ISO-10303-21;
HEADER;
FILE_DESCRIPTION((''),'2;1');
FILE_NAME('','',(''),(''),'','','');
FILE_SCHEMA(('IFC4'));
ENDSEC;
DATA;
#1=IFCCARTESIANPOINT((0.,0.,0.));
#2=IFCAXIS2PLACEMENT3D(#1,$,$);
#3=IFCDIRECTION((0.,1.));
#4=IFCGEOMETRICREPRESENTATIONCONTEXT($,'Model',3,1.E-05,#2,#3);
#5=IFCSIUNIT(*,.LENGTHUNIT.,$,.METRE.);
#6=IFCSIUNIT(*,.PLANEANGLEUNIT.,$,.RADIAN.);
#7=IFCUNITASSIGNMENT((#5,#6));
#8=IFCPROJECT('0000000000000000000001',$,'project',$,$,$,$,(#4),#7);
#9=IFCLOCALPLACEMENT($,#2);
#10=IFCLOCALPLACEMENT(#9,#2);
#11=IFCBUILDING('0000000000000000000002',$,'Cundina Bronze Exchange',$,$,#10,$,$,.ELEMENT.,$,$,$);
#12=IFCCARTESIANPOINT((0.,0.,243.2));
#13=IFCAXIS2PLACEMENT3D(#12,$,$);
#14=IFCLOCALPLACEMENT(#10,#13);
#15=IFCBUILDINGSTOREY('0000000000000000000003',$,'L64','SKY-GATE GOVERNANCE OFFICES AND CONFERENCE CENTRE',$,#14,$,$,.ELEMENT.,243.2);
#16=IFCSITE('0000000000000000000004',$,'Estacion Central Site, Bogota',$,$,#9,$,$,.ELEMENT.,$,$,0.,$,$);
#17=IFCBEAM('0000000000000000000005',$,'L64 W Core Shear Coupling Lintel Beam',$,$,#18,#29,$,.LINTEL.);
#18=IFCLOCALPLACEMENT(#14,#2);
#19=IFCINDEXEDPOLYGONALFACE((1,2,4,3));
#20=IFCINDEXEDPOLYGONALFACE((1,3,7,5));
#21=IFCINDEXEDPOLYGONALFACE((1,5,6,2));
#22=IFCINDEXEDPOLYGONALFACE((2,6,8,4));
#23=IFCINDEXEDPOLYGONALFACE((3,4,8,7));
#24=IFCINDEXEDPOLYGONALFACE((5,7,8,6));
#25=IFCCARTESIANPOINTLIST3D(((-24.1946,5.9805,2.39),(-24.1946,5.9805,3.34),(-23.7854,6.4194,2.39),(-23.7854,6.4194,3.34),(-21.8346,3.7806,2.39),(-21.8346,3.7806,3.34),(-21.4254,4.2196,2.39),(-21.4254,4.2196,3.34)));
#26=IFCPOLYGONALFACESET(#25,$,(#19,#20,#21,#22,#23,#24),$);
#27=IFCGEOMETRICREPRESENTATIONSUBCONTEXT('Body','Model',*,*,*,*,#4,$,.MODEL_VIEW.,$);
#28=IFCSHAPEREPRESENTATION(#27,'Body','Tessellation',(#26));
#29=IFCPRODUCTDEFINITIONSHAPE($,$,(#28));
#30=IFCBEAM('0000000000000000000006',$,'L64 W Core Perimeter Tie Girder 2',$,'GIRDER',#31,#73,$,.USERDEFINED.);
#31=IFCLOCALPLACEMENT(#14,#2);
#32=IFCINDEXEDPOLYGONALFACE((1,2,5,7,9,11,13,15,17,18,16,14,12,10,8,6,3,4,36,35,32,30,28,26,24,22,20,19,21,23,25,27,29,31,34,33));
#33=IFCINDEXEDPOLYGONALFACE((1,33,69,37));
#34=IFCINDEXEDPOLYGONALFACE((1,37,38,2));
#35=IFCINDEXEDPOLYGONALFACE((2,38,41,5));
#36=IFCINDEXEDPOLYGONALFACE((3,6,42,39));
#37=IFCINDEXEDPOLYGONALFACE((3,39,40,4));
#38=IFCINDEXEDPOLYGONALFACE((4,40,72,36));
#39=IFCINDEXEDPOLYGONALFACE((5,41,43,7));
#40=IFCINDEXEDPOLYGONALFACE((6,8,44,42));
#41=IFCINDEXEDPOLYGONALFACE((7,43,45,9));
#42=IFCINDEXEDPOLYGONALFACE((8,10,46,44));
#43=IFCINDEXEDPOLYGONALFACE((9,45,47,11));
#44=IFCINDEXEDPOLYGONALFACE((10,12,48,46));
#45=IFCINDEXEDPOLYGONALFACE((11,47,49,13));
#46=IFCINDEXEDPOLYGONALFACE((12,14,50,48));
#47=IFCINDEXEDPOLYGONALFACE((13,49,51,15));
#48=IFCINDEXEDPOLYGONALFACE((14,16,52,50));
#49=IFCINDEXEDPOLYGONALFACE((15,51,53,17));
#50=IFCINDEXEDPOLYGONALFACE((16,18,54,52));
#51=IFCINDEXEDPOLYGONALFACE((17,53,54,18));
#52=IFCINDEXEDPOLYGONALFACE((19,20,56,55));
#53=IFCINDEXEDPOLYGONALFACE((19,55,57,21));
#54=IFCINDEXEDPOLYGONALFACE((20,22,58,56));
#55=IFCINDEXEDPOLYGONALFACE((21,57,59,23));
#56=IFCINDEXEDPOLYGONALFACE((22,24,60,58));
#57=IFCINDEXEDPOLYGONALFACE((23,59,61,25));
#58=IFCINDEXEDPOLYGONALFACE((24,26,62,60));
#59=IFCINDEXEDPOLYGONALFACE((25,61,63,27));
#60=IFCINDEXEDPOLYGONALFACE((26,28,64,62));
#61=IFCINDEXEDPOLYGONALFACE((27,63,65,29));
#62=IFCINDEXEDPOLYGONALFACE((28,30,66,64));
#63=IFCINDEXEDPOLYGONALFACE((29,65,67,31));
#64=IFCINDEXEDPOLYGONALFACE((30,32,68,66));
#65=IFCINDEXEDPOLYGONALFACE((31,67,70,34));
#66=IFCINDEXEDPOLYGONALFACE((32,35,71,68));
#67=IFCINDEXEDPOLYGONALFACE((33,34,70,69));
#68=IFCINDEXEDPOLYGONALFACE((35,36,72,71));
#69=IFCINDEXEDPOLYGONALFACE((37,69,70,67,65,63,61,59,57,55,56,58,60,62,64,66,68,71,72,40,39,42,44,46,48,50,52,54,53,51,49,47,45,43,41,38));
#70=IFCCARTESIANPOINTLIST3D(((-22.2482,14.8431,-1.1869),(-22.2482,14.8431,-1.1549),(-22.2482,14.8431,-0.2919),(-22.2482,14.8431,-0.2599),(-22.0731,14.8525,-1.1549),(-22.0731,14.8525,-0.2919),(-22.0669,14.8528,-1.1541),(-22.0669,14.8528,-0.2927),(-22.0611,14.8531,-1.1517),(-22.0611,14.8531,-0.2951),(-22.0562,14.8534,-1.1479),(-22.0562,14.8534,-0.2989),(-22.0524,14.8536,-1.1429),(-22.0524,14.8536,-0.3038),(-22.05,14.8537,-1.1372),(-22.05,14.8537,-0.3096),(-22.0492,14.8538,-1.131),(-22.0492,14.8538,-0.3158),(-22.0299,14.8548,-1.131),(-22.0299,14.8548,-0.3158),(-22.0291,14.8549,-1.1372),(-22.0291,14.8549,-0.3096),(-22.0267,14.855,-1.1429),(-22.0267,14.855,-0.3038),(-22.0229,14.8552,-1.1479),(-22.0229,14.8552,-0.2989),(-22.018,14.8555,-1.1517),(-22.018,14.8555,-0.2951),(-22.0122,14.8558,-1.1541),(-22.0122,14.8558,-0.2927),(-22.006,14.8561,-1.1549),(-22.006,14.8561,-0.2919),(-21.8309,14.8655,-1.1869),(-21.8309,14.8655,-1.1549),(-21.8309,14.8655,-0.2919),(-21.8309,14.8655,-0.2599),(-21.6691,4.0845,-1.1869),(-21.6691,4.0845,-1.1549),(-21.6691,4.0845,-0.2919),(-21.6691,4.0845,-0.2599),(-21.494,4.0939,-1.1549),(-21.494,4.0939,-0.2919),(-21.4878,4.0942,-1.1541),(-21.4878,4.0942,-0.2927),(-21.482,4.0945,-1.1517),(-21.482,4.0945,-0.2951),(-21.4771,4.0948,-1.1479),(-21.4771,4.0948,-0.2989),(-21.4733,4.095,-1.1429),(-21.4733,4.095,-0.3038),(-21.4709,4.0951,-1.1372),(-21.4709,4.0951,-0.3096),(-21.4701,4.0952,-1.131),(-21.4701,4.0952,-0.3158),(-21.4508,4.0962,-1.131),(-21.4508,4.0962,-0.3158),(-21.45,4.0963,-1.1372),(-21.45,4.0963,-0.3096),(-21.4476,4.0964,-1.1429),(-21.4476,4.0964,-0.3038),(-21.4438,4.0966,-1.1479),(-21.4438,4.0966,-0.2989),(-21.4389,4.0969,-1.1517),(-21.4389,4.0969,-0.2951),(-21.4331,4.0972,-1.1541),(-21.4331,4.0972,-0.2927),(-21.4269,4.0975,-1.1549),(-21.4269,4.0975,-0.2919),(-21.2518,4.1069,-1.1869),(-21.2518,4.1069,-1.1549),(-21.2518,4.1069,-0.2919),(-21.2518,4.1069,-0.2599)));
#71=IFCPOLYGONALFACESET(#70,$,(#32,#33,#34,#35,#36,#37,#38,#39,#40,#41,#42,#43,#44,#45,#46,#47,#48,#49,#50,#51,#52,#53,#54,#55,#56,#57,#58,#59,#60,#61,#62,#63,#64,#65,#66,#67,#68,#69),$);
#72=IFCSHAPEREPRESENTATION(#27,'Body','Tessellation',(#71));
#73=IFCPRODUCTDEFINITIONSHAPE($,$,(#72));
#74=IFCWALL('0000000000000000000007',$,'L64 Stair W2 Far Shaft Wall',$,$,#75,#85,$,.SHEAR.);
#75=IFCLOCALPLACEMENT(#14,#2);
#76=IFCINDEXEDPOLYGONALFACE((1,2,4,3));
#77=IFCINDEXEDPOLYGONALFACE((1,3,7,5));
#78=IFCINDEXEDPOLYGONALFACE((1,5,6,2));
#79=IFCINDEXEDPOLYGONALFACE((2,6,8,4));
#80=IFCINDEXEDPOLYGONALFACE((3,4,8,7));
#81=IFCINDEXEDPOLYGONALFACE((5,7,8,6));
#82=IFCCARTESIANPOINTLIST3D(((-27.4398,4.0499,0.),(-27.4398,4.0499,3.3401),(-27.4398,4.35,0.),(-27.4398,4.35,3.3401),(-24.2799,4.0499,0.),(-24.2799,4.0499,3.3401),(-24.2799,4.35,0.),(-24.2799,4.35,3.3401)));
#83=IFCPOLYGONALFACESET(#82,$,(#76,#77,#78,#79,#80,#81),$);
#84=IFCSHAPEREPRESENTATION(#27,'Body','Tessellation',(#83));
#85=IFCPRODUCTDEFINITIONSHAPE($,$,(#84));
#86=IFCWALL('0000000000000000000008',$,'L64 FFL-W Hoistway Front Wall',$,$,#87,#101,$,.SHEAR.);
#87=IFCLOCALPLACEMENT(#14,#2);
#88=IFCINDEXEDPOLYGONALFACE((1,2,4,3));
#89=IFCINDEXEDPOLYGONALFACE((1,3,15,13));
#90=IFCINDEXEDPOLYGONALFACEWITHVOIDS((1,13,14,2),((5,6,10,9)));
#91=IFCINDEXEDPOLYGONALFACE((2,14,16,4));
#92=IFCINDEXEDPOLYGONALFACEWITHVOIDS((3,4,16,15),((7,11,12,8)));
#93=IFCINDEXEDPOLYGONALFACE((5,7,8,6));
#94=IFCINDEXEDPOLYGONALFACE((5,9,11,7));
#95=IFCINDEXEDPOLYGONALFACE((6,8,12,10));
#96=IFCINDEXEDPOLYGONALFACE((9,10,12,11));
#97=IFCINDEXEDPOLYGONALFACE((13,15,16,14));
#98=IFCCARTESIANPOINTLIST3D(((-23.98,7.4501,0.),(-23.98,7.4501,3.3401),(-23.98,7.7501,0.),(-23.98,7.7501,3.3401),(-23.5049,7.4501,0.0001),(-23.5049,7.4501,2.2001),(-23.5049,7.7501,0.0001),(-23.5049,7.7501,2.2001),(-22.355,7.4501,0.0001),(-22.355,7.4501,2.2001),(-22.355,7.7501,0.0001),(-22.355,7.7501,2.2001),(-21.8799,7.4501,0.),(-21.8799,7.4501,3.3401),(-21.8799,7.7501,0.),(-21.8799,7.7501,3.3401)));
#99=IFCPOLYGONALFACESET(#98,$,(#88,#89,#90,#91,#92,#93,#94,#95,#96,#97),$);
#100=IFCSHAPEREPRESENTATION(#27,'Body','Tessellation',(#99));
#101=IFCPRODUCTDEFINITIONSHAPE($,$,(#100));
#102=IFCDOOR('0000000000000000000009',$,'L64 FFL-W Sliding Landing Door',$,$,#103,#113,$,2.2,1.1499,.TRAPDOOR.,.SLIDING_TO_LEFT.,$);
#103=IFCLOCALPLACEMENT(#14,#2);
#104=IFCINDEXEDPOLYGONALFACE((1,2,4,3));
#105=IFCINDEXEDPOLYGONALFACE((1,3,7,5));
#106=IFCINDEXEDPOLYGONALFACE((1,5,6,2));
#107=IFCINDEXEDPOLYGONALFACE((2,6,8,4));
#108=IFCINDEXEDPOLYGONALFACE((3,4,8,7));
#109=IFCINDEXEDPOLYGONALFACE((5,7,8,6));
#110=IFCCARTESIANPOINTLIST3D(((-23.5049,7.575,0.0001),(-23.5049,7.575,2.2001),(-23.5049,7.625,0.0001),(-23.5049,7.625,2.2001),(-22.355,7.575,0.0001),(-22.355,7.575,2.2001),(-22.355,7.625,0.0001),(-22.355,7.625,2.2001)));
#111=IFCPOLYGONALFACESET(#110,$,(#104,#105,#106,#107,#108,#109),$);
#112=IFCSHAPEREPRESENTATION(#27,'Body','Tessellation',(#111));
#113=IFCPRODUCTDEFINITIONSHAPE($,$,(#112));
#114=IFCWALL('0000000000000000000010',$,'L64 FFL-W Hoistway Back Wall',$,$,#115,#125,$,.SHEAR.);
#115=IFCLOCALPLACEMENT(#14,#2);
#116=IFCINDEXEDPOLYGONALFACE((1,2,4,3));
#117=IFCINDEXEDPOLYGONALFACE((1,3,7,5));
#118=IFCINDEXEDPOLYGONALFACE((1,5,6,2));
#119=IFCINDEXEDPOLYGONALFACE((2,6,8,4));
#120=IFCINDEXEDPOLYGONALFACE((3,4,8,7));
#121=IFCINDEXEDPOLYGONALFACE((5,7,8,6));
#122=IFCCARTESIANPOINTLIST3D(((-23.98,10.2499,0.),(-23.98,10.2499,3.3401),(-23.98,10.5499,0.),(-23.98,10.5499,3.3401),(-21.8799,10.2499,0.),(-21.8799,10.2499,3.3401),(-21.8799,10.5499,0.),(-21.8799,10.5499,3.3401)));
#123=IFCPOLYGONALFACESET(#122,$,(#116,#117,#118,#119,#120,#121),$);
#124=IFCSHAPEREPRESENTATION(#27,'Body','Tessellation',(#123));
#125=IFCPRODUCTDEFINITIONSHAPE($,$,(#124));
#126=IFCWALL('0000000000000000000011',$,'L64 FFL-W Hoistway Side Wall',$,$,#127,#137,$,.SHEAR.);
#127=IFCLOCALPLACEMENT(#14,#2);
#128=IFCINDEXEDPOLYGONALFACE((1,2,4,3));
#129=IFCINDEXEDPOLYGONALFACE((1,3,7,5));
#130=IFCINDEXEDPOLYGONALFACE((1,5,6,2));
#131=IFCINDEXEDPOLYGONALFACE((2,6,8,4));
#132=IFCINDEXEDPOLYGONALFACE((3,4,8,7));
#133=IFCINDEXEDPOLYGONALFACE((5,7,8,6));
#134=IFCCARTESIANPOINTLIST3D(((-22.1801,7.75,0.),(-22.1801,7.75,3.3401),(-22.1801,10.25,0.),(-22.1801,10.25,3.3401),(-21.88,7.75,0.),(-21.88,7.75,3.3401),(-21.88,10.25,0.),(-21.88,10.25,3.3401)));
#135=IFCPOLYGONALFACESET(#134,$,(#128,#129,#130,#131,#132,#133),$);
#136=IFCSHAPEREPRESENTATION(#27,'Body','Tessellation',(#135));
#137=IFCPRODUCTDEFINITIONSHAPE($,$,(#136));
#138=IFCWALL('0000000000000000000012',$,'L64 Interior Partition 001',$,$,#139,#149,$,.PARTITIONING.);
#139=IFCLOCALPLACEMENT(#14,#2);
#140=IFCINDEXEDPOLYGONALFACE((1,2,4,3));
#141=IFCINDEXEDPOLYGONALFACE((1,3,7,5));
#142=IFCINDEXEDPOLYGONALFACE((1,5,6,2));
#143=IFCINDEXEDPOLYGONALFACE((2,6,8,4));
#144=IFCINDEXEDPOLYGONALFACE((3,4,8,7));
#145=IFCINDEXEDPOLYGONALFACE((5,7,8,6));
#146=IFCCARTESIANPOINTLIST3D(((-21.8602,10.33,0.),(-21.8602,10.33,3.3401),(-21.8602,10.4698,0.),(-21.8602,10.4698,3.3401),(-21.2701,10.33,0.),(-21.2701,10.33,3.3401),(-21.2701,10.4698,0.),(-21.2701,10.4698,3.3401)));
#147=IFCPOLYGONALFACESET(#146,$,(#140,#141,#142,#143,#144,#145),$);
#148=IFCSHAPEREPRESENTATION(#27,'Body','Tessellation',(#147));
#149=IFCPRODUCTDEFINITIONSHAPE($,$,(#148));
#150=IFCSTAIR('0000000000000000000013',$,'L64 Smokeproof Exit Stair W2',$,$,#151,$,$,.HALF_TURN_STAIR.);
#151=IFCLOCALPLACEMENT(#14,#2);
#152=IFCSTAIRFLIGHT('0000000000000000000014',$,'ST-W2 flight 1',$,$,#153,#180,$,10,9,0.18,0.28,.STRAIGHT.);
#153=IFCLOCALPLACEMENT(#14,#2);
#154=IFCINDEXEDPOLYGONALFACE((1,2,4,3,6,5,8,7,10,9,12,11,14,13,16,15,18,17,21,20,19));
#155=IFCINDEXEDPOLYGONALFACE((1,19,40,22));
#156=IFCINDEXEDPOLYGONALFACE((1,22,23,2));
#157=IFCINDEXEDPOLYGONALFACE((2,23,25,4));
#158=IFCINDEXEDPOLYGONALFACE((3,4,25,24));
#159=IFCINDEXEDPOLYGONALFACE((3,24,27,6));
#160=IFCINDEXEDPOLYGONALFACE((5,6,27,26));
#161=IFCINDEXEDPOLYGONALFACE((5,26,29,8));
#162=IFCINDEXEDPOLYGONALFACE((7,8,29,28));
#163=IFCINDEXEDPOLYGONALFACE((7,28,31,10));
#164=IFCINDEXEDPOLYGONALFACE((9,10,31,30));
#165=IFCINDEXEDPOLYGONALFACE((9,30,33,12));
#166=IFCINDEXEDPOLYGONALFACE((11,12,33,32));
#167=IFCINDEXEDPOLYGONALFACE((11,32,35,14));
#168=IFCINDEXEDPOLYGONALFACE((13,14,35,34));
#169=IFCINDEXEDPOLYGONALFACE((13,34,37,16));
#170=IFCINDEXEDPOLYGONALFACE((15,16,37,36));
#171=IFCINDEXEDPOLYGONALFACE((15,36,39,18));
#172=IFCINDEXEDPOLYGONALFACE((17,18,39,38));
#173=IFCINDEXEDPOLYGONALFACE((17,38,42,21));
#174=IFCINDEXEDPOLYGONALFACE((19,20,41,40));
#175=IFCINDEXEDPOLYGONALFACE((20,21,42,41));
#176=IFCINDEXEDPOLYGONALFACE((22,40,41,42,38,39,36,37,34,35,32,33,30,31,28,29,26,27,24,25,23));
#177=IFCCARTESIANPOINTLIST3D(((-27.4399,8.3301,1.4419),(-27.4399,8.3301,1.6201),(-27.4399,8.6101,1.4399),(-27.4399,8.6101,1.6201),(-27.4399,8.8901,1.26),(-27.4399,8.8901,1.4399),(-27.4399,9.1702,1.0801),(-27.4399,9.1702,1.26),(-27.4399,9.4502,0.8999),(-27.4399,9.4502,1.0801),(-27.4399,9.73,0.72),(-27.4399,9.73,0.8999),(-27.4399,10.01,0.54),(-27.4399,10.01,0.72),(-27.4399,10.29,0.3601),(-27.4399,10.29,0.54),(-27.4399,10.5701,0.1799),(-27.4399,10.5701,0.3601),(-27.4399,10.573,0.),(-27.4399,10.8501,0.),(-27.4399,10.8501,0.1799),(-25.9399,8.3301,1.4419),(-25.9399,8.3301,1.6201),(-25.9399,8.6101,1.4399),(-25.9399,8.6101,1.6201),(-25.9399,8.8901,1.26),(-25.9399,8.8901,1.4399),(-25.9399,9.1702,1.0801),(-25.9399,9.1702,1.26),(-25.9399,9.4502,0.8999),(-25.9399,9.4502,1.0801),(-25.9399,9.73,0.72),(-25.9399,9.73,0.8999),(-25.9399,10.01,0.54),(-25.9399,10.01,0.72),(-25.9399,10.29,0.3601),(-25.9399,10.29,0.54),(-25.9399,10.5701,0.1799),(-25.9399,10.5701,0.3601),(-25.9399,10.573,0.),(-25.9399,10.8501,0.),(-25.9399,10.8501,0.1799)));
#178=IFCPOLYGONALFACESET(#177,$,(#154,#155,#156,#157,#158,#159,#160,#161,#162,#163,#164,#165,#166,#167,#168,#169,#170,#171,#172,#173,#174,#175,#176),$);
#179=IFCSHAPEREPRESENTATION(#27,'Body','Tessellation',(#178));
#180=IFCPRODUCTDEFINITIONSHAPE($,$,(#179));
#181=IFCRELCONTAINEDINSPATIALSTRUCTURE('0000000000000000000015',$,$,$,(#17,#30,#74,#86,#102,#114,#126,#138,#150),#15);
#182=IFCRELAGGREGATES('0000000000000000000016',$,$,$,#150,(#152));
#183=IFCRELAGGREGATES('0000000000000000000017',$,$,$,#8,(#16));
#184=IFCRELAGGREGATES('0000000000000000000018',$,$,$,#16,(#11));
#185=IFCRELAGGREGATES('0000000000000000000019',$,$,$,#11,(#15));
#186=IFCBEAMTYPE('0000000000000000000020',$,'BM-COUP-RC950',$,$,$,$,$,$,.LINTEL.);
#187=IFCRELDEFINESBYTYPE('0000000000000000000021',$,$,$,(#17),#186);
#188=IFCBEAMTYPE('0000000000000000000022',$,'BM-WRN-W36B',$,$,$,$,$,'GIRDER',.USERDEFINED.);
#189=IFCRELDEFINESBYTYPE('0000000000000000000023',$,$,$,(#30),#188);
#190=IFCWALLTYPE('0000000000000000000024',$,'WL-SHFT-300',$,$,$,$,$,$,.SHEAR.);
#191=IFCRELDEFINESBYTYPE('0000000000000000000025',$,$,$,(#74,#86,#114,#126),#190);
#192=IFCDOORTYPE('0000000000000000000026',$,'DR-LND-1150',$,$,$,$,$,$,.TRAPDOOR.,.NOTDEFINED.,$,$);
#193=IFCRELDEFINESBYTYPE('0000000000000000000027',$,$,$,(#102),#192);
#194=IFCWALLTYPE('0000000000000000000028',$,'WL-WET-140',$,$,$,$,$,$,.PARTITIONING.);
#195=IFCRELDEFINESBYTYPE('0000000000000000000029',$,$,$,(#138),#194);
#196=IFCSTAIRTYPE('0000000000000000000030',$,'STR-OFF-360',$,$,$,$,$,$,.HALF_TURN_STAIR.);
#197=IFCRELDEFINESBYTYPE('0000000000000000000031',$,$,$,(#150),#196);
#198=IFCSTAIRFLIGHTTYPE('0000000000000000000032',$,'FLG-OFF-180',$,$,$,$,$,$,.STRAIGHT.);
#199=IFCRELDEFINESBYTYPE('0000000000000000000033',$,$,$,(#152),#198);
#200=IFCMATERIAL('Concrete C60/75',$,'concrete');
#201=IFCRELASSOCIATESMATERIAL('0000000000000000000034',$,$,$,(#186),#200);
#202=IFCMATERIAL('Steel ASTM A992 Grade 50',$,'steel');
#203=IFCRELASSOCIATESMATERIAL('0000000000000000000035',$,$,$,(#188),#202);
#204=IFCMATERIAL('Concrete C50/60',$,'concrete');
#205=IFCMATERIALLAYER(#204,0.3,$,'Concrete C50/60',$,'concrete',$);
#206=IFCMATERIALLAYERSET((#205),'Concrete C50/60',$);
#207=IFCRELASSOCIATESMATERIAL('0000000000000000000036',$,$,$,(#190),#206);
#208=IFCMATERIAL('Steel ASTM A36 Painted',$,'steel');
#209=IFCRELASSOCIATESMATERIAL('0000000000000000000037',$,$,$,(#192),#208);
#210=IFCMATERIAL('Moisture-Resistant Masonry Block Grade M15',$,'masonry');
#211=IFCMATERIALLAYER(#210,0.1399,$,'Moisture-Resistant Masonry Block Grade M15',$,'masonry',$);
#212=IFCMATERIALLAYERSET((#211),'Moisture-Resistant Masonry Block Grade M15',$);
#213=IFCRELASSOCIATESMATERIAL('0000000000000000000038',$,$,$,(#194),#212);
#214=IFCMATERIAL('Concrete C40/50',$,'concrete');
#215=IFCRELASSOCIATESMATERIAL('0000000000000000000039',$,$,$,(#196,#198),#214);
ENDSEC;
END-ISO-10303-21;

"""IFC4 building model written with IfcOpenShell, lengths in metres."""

from ifc_helpers import new_model, si_unit, direction, frame, frame_2d, origin, origin_2d, place, context, subcontext, project, spatial, polyline, rectangle, i_section, outline, extrude, material, layer, layer_set, material_profile, profile_set, type_object, element, fill, aggregate, save


model = new_model("IFC4")

# Units and contexts
model_context = context("Model", 3, precision=1e-05, world=origin(), true_north=direction((0.0, 1.0)))
body_context = subcontext(model_context, "Body", "Model", "MODEL_VIEW")
ifc_project = project(units=[si_unit("LENGTHUNIT", "METRE"), si_unit("PLANEANGLEUNIT", "RADIAN")], contexts=[model_context])

# Site, building, storey
site_placement = place(None, origin())
site = spatial("IfcSite", under=ifc_project, at=site_placement, Name="Estacion Central Site, Bogota", CompositionType="ELEMENT", RefElevation=0.0)
building_placement = place(site_placement, origin())
building = spatial("IfcBuilding", under=site, at=building_placement, Name="Cundina Bronze Exchange", CompositionType="ELEMENT")
storey_placement = place(building_placement, frame((0.0, 0.0, 243.2)))
storey = spatial("IfcBuildingStorey", under=building, at=storey_placement, Name="L64", Description="SKY-GATE GOVERNANCE OFFICES AND CONFERENCE CENTRE", CompositionType="ELEMENT", Elevation=243.2)

# Beams
ifc_material_1 = material(Name="Concrete C60/75", Category="concrete")
ifc_material_profile_1 = material_profile(ifc_material_1, rectangle(XDim=0.6001, YDim=0.95, at=origin_2d()), Name="RC600X950", Category="concrete")
ifc_profile_set_1 = profile_set([ifc_material_profile_1], Name="Concrete C60/75")
beam_type_1 = type_object("IfcBeamType", Name="BM-COUP-RC950", PredefinedType="LINTEL", material=ifc_profile_set_1)
beam_1_placement = place(storey_placement, frame((-23.99, 6.2, 2.865), z_axis=(0.73149, -0.681852, 0.0), x_axis=(0.681852, 0.73149, 0.0)))
element("IfcBeam", 1, at=beam_1_placement, inside=storey, type_object=beam_type_1, Name="L64 W Core Shear Coupling Lintel Beam", PredefinedType="LINTEL", context=body_context, shape_type="SweptSolid", body=[
    extrude(rectangle(XDim=0.6001, YDim=0.95, at=origin_2d()), origin(), (0.0, 0.0, 1.0), 3.2263),
])
ifc_material_2 = material(Name="Steel ASTM A992 Grade 50", Category="steel")
ifc_material_profile_2 = material_profile(ifc_material_2, i_section(OverallWidth=0.418, OverallDepth=0.927, WebThickness=0.0193, FlangeThickness=0.032, FilletRadius=0.0239, at=origin_2d()), Name="W36X231", Category="steel")
ifc_profile_set_2 = profile_set([ifc_material_profile_2], Name="Steel ASTM A992 Grade 50")
beam_type_2 = type_object("IfcBeamType", Name="BM-WRN-W36B", ElementType="GIRDER", PredefinedType="USERDEFINED", material=ifc_profile_set_2)
beam_2_placement = place(storey_placement, frame((-21.4604, 4.0957, -0.7234), z_axis=(-0.053749, 0.998554, 0.0), x_axis=(-0.998554, -0.053749, 0.0)))
element("IfcBeam", 2, at=beam_2_placement, inside=storey, type_object=beam_type_2, Name="L64 W Core Perimeter Tie Girder 2", ObjectType="GIRDER", PredefinedType="USERDEFINED", context=body_context, shape_type="SweptSolid", body=[
    extrude(i_section(OverallWidth=0.418, OverallDepth=0.927, WebThickness=0.0193, FlangeThickness=0.032, FilletRadius=0.0239, at=origin_2d()), origin(), (0.0, 0.0, 1.0), 10.7742),
])

# Wall
ifc_material_3 = material(Name="Concrete C50/60", Category="concrete")
ifc_layer_1 = layer(ifc_material_3, 0.3, Name="Concrete C50/60", Category="concrete")
ifc_layer_set_1 = layer_set([ifc_layer_1], Name="Concrete C50/60")
wall_type_1 = type_object("IfcWallType", Name="WL-SHFT-300", PredefinedType="SHEAR", material=ifc_layer_set_1)
wall_1_placement = place(storey_placement, frame((-27.4399, 4.2, 0.0), z_axis=(0.0, 0.0, 1.0), x_axis=(1.0, 0.0, 0.0)))
element("IfcWall", 3, at=wall_1_placement, inside=storey, type_object=wall_type_1, Name="L64 Stair W2 Far Shaft Wall", PredefinedType="SHEAR", context=body_context, shape_type="SweptSolid", body=[
    extrude(rectangle(XDim=3.1599, YDim=0.3, at=frame_2d((1.5801, 0.0))), origin(), (0.0, 0.0, 1.0), 3.3401),
])

# Wall, opening, door
wall_2_placement = place(storey_placement, frame((-23.98, 7.6001, 0.0), z_axis=(0.0, 0.0, 1.0), x_axis=(1.0, 0.0, 0.0)))
wall_2 = element("IfcWall", 4, at=wall_2_placement, inside=storey, type_object=wall_type_1, Name="L64 FFL-W Hoistway Front Wall", PredefinedType="SHEAR", context=body_context, shape_type="SweptSolid", body=[
    extrude(rectangle(XDim=2.1001, YDim=0.3, at=frame_2d((1.05, 0.0))), origin(), (0.0, 0.0, 1.0), 3.3401),
])
opening_placement = place(wall_2_placement, frame((0.4751, 0.0, 0.0)))
opening = element("IfcOpeningElement", 5, at=opening_placement, cuts=wall_2, PredefinedType="OPENING", context=body_context, shape_type="SweptSolid", body=[
    extrude(rectangle(XDim=1.1499, YDim=2.2, at=frame_2d((0.575, 1.1001))), frame((0.0, 0.1599, 0.0), z_axis=(0.0, -1.0, 0.0), x_axis=(1.0, 0.0, 0.0)), (0.0, 0.0, 1.0), 0.3201),
])
ifc_material_4 = material(Name="Steel ASTM A36 Painted", Category="steel")
door_type = type_object("IfcDoorType", Name="DR-LND-1150", OperationType="NOTDEFINED", PredefinedType="TRAPDOOR", material=ifc_material_4)
door_placement = place(opening_placement, origin())
door = element("IfcDoor", 6, at=door_placement, inside=storey, type_object=door_type, Name="L64 FFL-W Sliding Landing Door", OperationType="SLIDING_TO_LEFT", OverallHeight=2.2, OverallWidth=1.1499, PredefinedType="TRAPDOOR", context=body_context, shape_type="SweptSolid", body=[
    extrude(rectangle(XDim=1.1499, YDim=2.2, at=frame_2d((0.575, 1.1001))), frame((0.0, 0.0249, 0.0), z_axis=(0.0, -1.0, 0.0), x_axis=(1.0, 0.0, 0.0)), (0.0, 0.0, 1.0), 0.05),
])
fill(opening, door)

# Walls
wall_3_placement = place(storey_placement, frame((-23.98, 10.3999, 0.0), z_axis=(0.0, 0.0, 1.0), x_axis=(1.0, 0.0, 0.0)))
element("IfcWall", 7, at=wall_3_placement, inside=storey, type_object=wall_type_1, Name="L64 FFL-W Hoistway Back Wall", PredefinedType="SHEAR", context=body_context, shape_type="SweptSolid", body=[
    extrude(rectangle(XDim=2.1001, YDim=0.3, at=frame_2d((1.05, 0.0))), origin(), (0.0, 0.0, 1.0), 3.3401),
])
wall_4_placement = place(storey_placement, frame((-22.03, 7.75, 0.0), z_axis=(0.0, 0.0, 1.0), x_axis=(0.0, 1.0, 0.0)))
element("IfcWall", 8, at=wall_4_placement, inside=storey, type_object=wall_type_1, Name="L64 FFL-W Hoistway Side Wall", PredefinedType="SHEAR", context=body_context, shape_type="SweptSolid", body=[
    extrude(rectangle(XDim=2.5, YDim=0.3, at=frame_2d((1.25, 0.0))), origin(), (0.0, 0.0, 1.0), 3.3401),
])
ifc_material_5 = material(Name="Moisture-Resistant Masonry Block Grade M15", Category="masonry")
ifc_layer_2 = layer(ifc_material_5, 0.1399, Name="Moisture-Resistant Masonry Block Grade M15", Category="masonry")
ifc_layer_set_2 = layer_set([ifc_layer_2], Name="Moisture-Resistant Masonry Block Grade M15")
wall_type_2 = type_object("IfcWallType", Name="WL-WET-140", PredefinedType="PARTITIONING", material=ifc_layer_set_2)
wall_5_placement = place(storey_placement, frame((-21.8601, 10.3999, 0.0), z_axis=(0.0, 0.0, 1.0), x_axis=(1.0, 0.0, 0.0)))
element("IfcWall", 9, at=wall_5_placement, inside=storey, type_object=wall_type_2, Name="L64 Interior Partition 001", PredefinedType="PARTITIONING", context=body_context, shape_type="SweptSolid", body=[
    extrude(rectangle(XDim=0.5901, YDim=0.1399, at=frame_2d((0.2949, 0.0))), origin(), (0.0, 0.0, 1.0), 3.3401),
])

# Stair, stair flight
ifc_material_6 = material(Name="Concrete C40/50", Category="concrete")
stair_type = type_object("IfcStairType", Name="STR-OFF-360", PredefinedType="HALF_TURN_STAIR", material=ifc_material_6)
stair_placement = place(storey_placement, origin())
stair = element("IfcStair", 10, at=stair_placement, inside=storey, type_object=stair_type, Name="L64 Smokeproof Exit Stair W2", PredefinedType="HALF_TURN_STAIR")
stair_flight_type = type_object("IfcStairFlightType", Name="FLG-OFF-180", PredefinedType="STRAIGHT", material=ifc_material_6)
stair_flight_1_placement = place(storey_placement, frame((-26.6899, 10.8501, 0.0), z_axis=(0.0, 0.0, 1.0), x_axis=(0.0, -1.0, 0.0)))
stair_flight_1 = element("IfcStairFlight", 11, at=stair_flight_1_placement, type_object=stair_flight_type, Name="ST-W2 flight 1", NumberOfRisers=10, NumberOfTreads=9, PredefinedType="STRAIGHT", RiserHeight=0.18, TreadLength=0.28, context=body_context, shape_type="SweptSolid", body=[
    extrude(outline(polyline([(0.0, 0.0), (0.0, 0.1799), (0.28, 0.1799), (0.28, 0.3601), (0.5601, 0.3601), (0.5601, 0.54), (0.8401, 0.54), (0.8401, 0.72), (1.1201, 0.72), (1.1201, 0.8999), (1.3999, 0.8999), (1.3999, 1.0801), (1.6799, 1.0801), (1.6799, 1.26), (1.96, 1.26), (1.96, 1.4399), (2.24, 1.4399), (2.24, 1.6201), (2.52, 1.6201), (2.52, 1.8), (2.52, 1.4419), (0.2771, 0.0), (0.0, 0.0)])), frame((0.0, 0.75, 0.0), z_axis=(0.0, -1.0, 0.0), x_axis=(1.0, 0.0, 0.0)), (0.0, 0.0, 1.0), 1.5),
])
aggregate(stair, [stair_flight_1])

save(model, "model.ifc")
